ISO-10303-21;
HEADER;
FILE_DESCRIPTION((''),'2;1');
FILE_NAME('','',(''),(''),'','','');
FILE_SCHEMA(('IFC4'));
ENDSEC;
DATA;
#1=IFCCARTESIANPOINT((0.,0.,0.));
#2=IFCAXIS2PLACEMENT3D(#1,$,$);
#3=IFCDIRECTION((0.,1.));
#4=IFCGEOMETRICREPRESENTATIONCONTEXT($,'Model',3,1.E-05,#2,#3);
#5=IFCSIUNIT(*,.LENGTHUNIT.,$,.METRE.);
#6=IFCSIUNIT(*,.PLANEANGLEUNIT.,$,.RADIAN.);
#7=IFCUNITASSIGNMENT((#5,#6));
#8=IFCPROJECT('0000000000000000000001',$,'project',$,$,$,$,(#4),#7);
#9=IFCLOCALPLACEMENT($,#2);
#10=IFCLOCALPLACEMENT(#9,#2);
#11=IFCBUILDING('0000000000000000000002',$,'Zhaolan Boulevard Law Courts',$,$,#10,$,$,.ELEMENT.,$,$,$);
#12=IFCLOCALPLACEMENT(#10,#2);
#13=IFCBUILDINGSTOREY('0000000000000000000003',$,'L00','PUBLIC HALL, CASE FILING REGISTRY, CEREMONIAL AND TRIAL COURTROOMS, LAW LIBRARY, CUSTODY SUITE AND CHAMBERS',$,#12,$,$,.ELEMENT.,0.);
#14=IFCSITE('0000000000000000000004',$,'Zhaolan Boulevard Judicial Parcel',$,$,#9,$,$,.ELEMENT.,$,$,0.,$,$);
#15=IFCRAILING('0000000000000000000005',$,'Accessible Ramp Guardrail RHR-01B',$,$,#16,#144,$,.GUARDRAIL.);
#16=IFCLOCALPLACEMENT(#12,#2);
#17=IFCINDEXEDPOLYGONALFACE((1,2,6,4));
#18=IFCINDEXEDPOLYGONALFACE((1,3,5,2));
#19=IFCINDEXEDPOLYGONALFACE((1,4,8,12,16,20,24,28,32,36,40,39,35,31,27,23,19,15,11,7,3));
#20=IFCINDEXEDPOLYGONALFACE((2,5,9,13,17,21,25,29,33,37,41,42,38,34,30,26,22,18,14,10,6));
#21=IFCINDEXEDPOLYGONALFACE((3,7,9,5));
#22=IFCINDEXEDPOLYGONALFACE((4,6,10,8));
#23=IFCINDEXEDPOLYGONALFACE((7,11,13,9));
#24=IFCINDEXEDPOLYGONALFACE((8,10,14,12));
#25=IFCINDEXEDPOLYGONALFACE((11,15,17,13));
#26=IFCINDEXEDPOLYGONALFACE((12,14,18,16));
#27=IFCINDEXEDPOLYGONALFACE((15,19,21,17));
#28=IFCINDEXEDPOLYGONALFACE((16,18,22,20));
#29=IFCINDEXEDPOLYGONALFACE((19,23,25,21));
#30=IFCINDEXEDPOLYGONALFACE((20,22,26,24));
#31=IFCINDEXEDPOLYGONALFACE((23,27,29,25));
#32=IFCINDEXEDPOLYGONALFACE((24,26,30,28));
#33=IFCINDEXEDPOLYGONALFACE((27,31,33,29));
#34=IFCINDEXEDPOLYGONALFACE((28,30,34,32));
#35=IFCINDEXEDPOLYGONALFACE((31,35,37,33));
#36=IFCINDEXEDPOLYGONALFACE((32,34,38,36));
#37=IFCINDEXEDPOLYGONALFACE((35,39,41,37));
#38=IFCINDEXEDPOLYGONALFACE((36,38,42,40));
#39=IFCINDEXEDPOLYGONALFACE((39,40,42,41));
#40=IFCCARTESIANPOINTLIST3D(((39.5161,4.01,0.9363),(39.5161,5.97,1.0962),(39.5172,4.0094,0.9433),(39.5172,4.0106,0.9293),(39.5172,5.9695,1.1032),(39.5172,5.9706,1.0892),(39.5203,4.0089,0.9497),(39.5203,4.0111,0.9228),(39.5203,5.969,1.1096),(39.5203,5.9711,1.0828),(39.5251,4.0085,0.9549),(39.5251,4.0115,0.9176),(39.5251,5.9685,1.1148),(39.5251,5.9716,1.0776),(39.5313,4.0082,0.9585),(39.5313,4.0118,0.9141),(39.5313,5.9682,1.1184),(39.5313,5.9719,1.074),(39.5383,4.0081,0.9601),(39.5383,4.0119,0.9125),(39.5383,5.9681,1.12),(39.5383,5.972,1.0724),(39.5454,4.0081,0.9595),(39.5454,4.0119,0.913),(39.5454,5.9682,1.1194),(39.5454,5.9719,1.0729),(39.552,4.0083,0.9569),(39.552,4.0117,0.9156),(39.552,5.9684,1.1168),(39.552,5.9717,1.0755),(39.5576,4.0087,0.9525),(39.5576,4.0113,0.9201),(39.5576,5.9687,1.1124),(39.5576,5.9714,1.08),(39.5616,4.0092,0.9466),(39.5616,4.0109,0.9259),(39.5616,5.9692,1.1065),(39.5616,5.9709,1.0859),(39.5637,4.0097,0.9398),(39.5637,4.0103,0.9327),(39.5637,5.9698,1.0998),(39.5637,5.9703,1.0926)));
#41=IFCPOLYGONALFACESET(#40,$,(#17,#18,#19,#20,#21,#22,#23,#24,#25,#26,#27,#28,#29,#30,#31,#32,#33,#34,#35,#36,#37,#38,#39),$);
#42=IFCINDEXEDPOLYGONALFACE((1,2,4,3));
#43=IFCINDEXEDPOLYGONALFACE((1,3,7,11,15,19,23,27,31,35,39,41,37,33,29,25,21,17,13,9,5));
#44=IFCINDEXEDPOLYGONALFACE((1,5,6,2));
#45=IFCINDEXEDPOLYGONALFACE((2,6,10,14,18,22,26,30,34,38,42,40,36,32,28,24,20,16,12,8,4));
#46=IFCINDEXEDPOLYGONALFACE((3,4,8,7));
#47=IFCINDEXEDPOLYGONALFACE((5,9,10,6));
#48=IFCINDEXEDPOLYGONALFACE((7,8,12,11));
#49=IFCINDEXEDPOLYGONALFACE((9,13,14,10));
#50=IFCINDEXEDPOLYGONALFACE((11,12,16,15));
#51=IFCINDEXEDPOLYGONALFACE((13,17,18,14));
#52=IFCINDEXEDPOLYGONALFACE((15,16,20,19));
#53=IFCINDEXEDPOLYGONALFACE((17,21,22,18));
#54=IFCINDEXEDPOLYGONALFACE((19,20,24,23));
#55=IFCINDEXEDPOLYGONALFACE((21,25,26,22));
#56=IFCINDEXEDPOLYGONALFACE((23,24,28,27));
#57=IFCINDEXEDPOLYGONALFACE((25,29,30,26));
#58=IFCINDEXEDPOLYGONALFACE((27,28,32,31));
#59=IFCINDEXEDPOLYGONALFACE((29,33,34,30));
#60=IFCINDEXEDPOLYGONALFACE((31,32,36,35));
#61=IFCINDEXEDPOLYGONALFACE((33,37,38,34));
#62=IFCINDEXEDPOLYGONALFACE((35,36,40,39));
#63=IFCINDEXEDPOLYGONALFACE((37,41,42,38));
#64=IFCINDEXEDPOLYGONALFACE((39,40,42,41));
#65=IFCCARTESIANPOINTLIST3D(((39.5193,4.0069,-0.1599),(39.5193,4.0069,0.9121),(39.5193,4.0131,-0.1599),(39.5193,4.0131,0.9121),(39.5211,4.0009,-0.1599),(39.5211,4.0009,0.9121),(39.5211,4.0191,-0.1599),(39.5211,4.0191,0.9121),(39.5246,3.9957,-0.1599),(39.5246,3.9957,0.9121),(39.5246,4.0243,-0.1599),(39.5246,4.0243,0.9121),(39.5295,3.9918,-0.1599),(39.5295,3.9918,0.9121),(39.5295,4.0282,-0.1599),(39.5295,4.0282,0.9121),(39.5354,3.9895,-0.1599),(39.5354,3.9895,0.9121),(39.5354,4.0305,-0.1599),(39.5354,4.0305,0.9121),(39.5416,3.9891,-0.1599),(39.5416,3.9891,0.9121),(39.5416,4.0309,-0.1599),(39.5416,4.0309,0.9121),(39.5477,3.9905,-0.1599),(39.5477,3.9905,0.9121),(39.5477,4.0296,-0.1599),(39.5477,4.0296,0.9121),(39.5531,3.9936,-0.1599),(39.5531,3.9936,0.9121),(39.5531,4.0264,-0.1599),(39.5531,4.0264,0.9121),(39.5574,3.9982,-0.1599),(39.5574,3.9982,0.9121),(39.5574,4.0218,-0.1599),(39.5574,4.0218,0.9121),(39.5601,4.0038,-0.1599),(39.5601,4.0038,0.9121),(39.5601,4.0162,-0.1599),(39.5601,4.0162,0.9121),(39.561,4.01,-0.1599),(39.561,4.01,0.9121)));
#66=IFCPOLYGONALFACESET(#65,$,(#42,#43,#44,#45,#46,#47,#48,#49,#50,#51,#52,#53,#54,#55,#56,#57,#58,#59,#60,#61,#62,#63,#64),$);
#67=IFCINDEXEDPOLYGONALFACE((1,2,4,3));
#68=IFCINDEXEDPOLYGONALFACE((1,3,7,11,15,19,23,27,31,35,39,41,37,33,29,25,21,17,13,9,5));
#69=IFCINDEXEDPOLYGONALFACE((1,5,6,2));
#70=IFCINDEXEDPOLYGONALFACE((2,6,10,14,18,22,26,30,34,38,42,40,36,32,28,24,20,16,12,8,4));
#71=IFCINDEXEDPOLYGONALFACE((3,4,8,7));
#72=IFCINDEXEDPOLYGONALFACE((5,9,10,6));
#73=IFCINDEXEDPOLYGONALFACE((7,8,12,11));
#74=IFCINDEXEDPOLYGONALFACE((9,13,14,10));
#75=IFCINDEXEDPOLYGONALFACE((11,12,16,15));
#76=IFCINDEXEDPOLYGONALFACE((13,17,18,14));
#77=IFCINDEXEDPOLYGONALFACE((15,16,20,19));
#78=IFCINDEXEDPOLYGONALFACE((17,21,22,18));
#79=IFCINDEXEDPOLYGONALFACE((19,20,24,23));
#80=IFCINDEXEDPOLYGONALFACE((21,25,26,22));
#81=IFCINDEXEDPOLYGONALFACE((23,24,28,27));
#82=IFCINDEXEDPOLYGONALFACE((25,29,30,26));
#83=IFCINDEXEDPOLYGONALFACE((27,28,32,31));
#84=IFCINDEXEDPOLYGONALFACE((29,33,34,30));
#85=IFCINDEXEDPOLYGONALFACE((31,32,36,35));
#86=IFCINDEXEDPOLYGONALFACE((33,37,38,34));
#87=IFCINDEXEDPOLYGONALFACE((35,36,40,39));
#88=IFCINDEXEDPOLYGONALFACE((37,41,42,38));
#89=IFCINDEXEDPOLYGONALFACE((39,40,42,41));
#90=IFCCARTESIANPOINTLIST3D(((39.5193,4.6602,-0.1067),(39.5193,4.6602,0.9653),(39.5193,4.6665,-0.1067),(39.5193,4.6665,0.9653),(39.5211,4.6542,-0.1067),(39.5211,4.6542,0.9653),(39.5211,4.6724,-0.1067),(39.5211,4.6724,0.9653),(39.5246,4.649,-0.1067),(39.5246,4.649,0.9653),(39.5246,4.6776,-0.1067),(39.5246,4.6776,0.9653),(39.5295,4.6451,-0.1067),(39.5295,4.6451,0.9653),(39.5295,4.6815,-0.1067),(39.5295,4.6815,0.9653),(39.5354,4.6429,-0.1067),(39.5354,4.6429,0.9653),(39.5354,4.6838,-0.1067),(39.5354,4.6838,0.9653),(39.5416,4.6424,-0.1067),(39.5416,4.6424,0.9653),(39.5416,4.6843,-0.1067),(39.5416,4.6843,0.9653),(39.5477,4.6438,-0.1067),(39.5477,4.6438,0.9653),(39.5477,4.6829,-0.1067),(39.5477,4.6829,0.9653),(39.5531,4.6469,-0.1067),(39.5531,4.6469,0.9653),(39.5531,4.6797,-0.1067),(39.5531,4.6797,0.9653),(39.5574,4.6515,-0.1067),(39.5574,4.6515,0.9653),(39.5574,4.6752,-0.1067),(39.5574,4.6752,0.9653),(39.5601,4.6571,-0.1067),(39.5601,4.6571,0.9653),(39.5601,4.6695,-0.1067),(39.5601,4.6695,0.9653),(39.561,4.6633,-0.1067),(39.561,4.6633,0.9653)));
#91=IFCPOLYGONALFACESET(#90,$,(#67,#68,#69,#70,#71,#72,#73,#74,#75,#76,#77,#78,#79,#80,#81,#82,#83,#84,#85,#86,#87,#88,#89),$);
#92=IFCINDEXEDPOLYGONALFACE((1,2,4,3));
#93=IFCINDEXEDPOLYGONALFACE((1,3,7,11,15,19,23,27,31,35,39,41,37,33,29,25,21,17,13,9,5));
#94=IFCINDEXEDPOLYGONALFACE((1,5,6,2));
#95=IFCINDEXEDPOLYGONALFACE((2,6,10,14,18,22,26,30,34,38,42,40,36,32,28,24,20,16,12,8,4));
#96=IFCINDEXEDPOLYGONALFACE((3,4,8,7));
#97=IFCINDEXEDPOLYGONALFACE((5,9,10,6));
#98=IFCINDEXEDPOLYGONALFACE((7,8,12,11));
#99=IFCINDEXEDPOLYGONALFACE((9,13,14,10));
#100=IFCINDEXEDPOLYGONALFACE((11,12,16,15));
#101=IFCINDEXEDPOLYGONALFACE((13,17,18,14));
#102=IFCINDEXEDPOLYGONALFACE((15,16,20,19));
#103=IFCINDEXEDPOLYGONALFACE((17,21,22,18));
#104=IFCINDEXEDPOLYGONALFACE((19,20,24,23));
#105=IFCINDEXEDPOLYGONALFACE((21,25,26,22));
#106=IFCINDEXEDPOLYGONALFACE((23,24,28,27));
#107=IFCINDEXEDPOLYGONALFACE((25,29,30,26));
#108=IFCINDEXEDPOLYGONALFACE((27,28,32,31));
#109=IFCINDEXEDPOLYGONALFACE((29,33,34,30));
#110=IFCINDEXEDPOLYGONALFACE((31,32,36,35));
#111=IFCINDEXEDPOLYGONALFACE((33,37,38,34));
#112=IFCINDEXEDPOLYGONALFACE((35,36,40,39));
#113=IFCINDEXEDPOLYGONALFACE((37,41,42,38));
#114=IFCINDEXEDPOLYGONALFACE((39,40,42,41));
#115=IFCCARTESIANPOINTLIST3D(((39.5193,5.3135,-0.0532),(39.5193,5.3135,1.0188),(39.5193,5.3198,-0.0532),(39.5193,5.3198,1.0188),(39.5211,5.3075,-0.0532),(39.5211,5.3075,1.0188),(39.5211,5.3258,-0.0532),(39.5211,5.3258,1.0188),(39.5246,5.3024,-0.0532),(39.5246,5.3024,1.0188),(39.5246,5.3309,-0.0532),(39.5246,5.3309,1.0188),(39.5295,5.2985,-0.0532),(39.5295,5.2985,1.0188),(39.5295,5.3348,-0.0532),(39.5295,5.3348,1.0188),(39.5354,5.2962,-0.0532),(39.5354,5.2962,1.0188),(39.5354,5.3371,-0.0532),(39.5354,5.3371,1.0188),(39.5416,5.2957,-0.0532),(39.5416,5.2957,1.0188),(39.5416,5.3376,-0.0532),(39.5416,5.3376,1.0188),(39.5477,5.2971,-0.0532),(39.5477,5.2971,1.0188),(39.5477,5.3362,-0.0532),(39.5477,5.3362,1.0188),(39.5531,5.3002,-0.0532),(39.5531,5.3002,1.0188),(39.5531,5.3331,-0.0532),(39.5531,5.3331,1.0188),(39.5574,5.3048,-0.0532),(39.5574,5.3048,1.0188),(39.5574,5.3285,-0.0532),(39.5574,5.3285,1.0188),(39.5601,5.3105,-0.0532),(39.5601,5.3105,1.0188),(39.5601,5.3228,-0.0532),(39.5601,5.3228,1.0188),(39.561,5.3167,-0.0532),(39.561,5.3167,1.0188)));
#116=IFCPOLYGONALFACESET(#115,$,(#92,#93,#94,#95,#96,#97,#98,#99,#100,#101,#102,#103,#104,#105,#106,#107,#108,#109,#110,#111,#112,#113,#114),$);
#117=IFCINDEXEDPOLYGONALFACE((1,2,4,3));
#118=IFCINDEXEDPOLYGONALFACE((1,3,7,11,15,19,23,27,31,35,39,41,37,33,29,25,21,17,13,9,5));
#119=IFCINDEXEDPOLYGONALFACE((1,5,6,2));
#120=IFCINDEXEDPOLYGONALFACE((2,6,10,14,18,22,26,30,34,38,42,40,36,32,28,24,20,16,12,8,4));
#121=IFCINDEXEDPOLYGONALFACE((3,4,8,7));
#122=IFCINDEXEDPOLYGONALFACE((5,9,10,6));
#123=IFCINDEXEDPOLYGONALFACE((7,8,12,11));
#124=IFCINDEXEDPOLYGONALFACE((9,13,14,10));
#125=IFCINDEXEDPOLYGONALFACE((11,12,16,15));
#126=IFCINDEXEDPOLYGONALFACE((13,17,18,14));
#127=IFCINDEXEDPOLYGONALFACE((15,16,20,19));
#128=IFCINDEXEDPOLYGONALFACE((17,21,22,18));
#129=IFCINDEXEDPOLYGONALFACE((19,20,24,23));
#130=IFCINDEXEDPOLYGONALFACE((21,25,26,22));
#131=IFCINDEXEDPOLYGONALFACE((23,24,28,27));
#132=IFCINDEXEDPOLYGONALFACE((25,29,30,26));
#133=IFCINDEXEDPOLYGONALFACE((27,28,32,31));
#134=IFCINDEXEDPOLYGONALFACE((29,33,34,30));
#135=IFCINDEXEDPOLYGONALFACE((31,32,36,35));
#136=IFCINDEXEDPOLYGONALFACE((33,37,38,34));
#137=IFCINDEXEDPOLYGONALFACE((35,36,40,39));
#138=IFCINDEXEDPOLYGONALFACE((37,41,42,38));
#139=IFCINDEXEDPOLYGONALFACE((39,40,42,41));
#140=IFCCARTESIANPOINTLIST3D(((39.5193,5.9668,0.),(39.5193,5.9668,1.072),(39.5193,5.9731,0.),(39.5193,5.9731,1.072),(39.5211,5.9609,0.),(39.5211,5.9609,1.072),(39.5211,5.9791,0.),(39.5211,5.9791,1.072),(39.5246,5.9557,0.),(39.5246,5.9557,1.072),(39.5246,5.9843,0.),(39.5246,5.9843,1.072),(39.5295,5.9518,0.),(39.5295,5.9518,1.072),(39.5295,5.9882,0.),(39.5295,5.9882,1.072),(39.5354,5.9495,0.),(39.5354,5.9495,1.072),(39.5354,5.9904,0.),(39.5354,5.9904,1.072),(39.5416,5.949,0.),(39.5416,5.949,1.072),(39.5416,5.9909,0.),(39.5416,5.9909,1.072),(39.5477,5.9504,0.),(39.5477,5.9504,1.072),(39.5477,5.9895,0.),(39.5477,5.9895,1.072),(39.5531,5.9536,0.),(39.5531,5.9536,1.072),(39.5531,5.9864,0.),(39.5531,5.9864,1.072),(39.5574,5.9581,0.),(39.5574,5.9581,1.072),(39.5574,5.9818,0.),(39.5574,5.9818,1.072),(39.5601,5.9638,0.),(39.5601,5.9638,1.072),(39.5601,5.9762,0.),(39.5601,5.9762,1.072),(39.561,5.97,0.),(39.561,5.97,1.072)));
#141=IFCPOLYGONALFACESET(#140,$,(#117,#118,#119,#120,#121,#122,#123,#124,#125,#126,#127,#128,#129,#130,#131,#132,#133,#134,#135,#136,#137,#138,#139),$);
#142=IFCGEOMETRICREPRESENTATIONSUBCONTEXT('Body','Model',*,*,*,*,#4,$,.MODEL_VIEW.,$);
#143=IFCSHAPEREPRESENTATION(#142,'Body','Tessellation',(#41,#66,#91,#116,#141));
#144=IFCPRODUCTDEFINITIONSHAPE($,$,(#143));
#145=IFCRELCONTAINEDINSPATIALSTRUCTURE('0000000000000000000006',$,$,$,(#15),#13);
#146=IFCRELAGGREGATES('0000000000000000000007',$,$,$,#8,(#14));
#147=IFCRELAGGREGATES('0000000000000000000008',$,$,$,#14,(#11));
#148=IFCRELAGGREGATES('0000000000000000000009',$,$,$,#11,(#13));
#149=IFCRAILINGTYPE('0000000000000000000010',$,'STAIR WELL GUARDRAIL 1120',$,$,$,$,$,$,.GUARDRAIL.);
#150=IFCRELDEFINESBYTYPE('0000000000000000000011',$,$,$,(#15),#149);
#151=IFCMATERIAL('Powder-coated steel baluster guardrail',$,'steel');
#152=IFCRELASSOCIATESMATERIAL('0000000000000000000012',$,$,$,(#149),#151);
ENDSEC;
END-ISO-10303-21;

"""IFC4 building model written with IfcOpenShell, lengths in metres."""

from ifc_helpers import new_model, si_unit, direction, frame, origin, origin_2d, place, context, subcontext, project, spatial, circle, extrude, material, type_object, element, save


model = new_model("IFC4")

# Units and contexts
model_context = context("Model", 3, precision=1e-05, world=origin(), true_north=direction((0.0, 1.0)))
body_context = subcontext(model_context, "Body", "Model", "MODEL_VIEW")
ifc_project = project(units=[si_unit("LENGTHUNIT", "METRE"), si_unit("PLANEANGLEUNIT", "RADIAN")], contexts=[model_context])

# Site, building, storey
site_placement = place(None, origin())
site = spatial("IfcSite", under=ifc_project, at=site_placement, Name="Zhaolan Boulevard Judicial Parcel", CompositionType="ELEMENT", RefElevation=0.0)
building_placement = place(site_placement, origin())
building = spatial("IfcBuilding", under=site, at=building_placement, Name="Zhaolan Boulevard Law Courts", CompositionType="ELEMENT")
storey_placement = place(building_placement, origin())
storey = spatial("IfcBuildingStorey", under=building, at=storey_placement, Name="L00", Description="PUBLIC HALL, CASE FILING REGISTRY, CEREMONIAL AND TRIAL COURTROOMS, LAW LIBRARY, CUSTODY SUITE AND CHAMBERS", CompositionType="ELEMENT", Elevation=0.0)

# Railing
ifc_material_1 = material(Name="Powder-coated steel baluster guardrail", Category="steel")
railing_type = type_object("IfcRailingType", Name="STAIR WELL GUARDRAIL 1120", PredefinedType="GUARDRAIL", material=ifc_material_1)
for number, where, name in (
    (1, (39.54, 4.01, -0.1599), "Accessible Ramp Guardrail RHR-01B"),
):
    element("IfcRailing", number, at=place(storey_placement, frame(where)), inside=storey, type_object=railing_type, Name=name, PredefinedType="GUARDRAIL", context=body_context, shape_type="SweptSolid", body=[
        extrude(circle(Radius=0.0239, at=origin_2d()), frame((0.0, 0.0, 1.0962), z_axis=(0.0, 0.996688, 0.081319), x_axis=(-1.0, 0.0, 0.0)), (0.0, 0.0, 1.0), 1.9666),
        extrude(circle(Radius=0.021, at=origin_2d()), origin(), (0.0, 0.0, 1.0), 1.072),
        extrude(circle(Radius=0.021, at=origin_2d()), frame((0.0, 0.6533, 0.0532)), (0.0, 0.0, 1.0), 1.072),
        extrude(circle(Radius=0.021, at=origin_2d()), frame((0.0, 1.3066, 0.1067)), (0.0, 0.0, 1.0), 1.072),
        extrude(circle(Radius=0.021, at=origin_2d()), frame((0.0, 1.96, 0.1599)), (0.0, 0.0, 1.0), 1.072),
    ])

save(model, "model.ifc")
